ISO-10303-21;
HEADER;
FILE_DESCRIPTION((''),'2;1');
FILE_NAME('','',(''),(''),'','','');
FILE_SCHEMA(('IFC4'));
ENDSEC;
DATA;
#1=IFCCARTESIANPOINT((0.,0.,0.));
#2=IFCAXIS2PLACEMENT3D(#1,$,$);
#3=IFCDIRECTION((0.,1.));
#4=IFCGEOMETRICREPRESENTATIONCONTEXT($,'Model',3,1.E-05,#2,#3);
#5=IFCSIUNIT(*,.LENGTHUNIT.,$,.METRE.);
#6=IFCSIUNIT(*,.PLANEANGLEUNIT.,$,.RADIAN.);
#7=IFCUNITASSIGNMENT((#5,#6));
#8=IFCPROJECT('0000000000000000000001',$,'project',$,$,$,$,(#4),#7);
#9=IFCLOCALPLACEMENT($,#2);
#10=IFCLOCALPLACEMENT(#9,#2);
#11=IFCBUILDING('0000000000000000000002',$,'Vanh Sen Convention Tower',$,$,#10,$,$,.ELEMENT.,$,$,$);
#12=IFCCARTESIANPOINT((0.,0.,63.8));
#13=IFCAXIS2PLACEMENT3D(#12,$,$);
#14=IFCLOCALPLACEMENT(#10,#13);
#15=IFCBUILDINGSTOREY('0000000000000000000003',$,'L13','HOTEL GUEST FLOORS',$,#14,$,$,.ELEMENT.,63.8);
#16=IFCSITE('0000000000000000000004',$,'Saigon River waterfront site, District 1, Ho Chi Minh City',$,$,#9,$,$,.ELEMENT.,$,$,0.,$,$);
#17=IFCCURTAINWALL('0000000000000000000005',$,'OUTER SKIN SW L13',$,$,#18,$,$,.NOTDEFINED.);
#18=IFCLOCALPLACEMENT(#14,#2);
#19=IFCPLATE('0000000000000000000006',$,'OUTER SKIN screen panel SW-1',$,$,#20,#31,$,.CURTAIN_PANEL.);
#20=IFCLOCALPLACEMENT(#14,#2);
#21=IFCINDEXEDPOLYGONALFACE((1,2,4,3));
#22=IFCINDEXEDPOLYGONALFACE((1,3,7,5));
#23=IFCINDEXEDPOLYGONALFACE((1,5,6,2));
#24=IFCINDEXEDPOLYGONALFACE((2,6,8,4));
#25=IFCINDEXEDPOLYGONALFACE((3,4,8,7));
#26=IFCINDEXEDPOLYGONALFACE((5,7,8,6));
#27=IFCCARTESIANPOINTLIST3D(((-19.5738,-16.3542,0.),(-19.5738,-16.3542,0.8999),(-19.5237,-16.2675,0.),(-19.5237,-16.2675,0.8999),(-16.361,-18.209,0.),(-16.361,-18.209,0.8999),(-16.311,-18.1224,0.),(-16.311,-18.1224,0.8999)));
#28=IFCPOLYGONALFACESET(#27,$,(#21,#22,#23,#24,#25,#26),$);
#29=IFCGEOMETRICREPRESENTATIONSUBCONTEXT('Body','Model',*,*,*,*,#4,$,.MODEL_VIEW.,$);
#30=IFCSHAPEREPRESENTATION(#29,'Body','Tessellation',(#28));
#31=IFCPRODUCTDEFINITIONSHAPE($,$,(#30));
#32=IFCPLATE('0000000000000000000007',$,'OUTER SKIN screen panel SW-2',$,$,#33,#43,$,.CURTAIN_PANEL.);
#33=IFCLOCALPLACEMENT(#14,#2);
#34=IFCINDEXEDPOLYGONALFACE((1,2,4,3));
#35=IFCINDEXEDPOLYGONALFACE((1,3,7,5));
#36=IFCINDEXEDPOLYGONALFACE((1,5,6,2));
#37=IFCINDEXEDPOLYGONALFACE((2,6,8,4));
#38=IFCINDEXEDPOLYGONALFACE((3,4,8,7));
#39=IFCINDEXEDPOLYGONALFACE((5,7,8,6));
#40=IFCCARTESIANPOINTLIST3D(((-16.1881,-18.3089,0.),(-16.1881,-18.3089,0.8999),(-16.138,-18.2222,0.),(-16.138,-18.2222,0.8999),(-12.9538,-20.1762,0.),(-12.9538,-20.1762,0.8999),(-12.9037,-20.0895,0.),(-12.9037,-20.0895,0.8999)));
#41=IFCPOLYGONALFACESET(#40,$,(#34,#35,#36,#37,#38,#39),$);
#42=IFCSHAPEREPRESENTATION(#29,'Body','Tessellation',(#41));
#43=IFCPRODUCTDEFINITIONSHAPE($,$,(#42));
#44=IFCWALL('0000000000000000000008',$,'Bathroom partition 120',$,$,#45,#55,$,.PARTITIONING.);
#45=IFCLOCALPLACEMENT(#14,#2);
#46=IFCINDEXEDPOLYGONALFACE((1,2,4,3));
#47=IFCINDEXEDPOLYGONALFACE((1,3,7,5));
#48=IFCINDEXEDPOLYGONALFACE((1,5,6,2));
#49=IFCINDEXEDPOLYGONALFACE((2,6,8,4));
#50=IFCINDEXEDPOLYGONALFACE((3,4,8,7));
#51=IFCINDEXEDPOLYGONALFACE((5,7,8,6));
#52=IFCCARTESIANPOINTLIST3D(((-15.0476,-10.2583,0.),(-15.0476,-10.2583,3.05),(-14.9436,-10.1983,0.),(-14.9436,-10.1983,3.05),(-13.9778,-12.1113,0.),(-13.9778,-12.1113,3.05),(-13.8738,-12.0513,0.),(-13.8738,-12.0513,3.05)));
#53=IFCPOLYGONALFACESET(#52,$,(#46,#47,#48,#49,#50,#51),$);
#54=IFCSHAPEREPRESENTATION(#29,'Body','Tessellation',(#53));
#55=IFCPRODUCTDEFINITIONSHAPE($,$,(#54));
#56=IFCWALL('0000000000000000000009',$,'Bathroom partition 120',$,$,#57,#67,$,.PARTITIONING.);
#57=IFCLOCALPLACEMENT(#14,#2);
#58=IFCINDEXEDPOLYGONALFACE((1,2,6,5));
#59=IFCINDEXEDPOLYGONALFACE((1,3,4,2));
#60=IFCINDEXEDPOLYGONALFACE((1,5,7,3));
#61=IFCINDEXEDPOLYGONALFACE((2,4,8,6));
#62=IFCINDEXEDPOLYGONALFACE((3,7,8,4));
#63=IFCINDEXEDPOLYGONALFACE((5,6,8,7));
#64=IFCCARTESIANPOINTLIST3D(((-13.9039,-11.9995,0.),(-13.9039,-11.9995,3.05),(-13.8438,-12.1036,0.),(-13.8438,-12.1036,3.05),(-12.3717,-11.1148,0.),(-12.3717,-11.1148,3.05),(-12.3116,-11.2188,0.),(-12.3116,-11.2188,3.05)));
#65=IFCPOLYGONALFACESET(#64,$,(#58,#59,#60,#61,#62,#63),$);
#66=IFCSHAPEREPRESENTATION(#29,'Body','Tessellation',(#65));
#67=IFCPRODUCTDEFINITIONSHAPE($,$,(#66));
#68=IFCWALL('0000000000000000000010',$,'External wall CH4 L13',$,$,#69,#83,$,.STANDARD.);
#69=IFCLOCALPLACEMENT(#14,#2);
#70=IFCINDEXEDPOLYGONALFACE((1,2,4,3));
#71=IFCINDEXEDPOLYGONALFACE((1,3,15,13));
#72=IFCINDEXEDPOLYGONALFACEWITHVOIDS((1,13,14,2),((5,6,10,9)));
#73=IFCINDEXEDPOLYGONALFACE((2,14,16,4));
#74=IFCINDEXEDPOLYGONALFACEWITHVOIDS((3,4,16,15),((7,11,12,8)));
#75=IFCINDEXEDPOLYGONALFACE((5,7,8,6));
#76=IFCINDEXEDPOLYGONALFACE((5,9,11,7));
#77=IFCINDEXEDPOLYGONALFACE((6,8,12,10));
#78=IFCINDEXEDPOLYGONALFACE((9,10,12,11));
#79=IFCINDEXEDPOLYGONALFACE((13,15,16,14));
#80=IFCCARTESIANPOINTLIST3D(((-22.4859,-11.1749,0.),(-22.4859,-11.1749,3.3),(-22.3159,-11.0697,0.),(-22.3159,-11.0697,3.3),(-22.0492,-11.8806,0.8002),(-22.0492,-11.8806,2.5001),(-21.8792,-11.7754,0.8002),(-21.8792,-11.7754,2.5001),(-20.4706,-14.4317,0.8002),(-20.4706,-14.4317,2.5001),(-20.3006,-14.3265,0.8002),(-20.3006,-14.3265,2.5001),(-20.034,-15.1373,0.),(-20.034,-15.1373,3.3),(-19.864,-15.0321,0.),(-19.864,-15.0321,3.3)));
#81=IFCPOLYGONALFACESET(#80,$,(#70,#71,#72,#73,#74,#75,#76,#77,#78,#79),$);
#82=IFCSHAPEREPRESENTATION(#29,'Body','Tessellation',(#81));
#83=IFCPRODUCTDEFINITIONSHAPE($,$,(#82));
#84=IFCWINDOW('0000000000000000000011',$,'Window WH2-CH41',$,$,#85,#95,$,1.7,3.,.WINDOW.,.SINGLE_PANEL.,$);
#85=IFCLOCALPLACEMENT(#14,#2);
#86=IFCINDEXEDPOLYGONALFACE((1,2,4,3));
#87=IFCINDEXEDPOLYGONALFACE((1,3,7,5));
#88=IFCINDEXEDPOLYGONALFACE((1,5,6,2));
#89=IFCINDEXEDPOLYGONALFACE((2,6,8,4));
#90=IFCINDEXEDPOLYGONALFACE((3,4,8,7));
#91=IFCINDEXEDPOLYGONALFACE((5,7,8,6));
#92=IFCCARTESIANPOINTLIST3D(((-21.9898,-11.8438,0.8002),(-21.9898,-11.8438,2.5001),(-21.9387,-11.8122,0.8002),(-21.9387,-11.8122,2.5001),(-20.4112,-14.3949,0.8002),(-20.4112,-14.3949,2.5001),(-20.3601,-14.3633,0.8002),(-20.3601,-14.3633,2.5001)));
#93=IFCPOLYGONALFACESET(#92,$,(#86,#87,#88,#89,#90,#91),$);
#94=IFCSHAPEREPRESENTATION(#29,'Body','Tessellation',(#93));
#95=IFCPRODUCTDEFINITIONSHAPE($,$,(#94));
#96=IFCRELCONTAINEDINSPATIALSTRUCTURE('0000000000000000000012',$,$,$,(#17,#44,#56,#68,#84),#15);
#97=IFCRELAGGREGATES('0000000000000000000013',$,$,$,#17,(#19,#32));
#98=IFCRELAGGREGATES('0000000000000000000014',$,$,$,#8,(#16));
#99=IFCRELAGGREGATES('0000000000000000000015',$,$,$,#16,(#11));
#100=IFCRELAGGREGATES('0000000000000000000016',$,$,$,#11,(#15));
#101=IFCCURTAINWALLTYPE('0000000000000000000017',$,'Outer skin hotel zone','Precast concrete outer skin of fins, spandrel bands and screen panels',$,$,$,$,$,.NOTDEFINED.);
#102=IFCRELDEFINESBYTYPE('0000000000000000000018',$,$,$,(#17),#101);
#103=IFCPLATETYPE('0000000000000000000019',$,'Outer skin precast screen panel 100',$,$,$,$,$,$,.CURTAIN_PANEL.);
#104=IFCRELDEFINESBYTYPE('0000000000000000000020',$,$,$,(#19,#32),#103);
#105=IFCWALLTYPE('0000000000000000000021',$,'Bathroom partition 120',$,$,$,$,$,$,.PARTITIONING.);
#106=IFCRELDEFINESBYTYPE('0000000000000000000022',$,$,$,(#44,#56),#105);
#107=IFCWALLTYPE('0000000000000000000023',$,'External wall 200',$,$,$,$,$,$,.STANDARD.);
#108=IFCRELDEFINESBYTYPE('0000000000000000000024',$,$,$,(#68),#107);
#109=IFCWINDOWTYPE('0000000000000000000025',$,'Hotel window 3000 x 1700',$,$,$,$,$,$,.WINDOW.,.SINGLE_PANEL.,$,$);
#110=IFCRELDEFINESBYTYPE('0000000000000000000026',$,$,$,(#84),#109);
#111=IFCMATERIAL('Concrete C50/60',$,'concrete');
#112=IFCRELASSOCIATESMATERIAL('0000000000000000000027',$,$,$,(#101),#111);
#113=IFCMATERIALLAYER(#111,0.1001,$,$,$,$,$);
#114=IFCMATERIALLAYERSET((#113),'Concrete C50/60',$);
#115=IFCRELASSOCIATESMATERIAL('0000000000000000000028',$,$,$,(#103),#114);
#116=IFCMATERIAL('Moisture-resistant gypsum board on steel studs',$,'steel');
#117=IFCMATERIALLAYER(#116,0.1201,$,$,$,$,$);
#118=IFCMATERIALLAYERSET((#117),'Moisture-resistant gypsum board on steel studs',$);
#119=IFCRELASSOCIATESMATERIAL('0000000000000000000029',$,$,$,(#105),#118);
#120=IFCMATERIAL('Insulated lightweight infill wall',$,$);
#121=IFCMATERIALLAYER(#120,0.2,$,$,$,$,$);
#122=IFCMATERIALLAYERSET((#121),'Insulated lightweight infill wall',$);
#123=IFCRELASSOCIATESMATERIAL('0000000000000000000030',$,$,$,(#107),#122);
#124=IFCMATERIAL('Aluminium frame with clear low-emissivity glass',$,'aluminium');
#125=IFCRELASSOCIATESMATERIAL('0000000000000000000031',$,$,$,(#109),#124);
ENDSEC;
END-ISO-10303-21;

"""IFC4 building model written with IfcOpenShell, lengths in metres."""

from ifc_helpers import new_model, si_unit, direction, frame, frame_2d, origin, origin_2d, place, context, subcontext, project, spatial, rectangle, extrude, material, layer, layer_set, type_object, element, fill, aggregate, save


model = new_model("IFC4")

# Units and contexts
model_context = context("Model", 3, precision=1e-05, world=origin(), true_north=direction((0.0, 1.0)))
body_context = subcontext(model_context, "Body", "Model", "MODEL_VIEW")
ifc_project = project(units=[si_unit("LENGTHUNIT", "METRE"), si_unit("PLANEANGLEUNIT", "RADIAN")], contexts=[model_context])

# Site, building, storey
site_placement = place(None, origin())
site = spatial("IfcSite", under=ifc_project, at=site_placement, Name="Saigon River waterfront site, District 1, Ho Chi Minh City", CompositionType="ELEMENT", RefElevation=0.0)
building_placement = place(site_placement, origin())
building = spatial("IfcBuilding", under=site, at=building_placement, Name="Vanh Sen Convention Tower", CompositionType="ELEMENT")
storey_placement = place(building_placement, frame((0.0, 0.0, 63.8)))
storey = spatial("IfcBuildingStorey", under=building, at=storey_placement, Name="L13", Description="HOTEL GUEST FLOORS", CompositionType="ELEMENT", Elevation=63.8)

# Curtain wall
ifc_material_1 = material(Name="Concrete C50/60", Category="concrete")
curtain_wall_type = type_object("IfcCurtainWallType", Name="Outer skin hotel zone", Description="Precast concrete outer skin of fins, spandrel bands and screen panels", PredefinedType="NOTDEFINED", material=ifc_material_1)
curtain_wall_1_placement = place(storey_placement, origin())
curtain_wall_1 = element("IfcCurtainWall", 1, at=curtain_wall_1_placement, inside=storey, type_object=curtain_wall_type, Name="OUTER SKIN SW L13", PredefinedType="NOTDEFINED")

# Shared definitions
ifc_layer_1 = layer(ifc_material_1, 0.1001)
ifc_layer_set_1 = layer_set([ifc_layer_1], Name="Concrete C50/60")
plate_type = type_object("IfcPlateType", Name="Outer skin precast screen panel 100", PredefinedType="CURTAIN_PANEL", material=ifc_layer_set_1)

# Plates
plate_1_placement = place(storey_placement, frame((-17.9424, -17.2383, 0.0), z_axis=(0.0, 0.0, 1.0), x_axis=(0.866028, -0.499995, 0.0)))
plate_1 = element("IfcPlate", 2, at=plate_1_placement, type_object=plate_type, Name="OUTER SKIN screen panel SW-1", PredefinedType="CURTAIN_PANEL", context=body_context, shape_type="SweptSolid", body=[
    extrude(rectangle(XDim=3.7097, YDim=0.1001, at=origin_2d()), origin(), (0.0, 0.0, 1.0), 0.8999),
])
plate_2_placement = place(storey_placement, frame((-14.5459, -19.1992, 0.0), z_axis=(0.0, 0.0, 1.0), x_axis=(0.866032, -0.499988, 0.0)))
plate_2 = element("IfcPlate", 3, at=plate_2_placement, type_object=plate_type, Name="OUTER SKIN screen panel SW-2", PredefinedType="CURTAIN_PANEL", context=body_context, shape_type="SweptSolid", body=[
    extrude(rectangle(XDim=3.7346, YDim=0.1001, at=origin_2d()), origin(), (0.0, 0.0, 1.0), 0.8999),
])
aggregate(curtain_wall_1, [plate_1, plate_2])

# Walls
ifc_material_2 = material(Name="Moisture-resistant gypsum board on steel studs", Category="steel")
ifc_layer_2 = layer(ifc_material_2, 0.1201)
ifc_layer_set_2 = layer_set([ifc_layer_2], Name="Moisture-resistant gypsum board on steel studs")
wall_type_1 = type_object("IfcWallType", Name="Bathroom partition 120", PredefinedType="PARTITIONING", material=ifc_layer_set_2)
wall_1_placement = place(storey_placement, frame((-13.9258, -12.0813, 0.0), z_axis=(0.0, 0.0, 1.0), x_axis=(-0.499992, 0.86603, 0.0)))
element("IfcWall", 4, at=wall_1_placement, inside=storey, type_object=wall_type_1, Name="Bathroom partition 120", PredefinedType="PARTITIONING", context=body_context, shape_type="SweptSolid", body=[
    extrude(rectangle(XDim=2.1396, YDim=0.1201, at=frame_2d((1.0698, 0.0))), origin(), (0.0, 0.0, 1.0), 3.05),
])
wall_2_placement = place(storey_placement, frame((-12.3416, -11.1667, 0.0), z_axis=(0.0, 0.0, 1.0), x_axis=(-0.865993, -0.500057, 0.0)))
element("IfcWall", 5, at=wall_2_placement, inside=storey, type_object=wall_type_1, Name="Bathroom partition 120", PredefinedType="PARTITIONING", context=body_context, shape_type="SweptSolid", body=[
    extrude(rectangle(XDim=1.7693, YDim=0.1201, at=frame_2d((0.8848, 0.0))), origin(), (0.0, 0.0, 1.0), 3.05),
])

# Wall, opening, window
ifc_material_3 = material(Name="Insulated lightweight infill wall")
ifc_layer_3 = layer(ifc_material_3, 0.2)
ifc_layer_set_3 = layer_set([ifc_layer_3], Name="Insulated lightweight infill wall")
wall_type_2 = type_object("IfcWallType", Name="External wall 200", PredefinedType="STANDARD", material=ifc_layer_set_3)
wall_3_placement = place(storey_placement, frame((-22.4009, -11.1223, 0.0), z_axis=(0.0, 0.0, 1.0), x_axis=(0.526198, -0.850362, 0.0)))
wall_3 = element("IfcWall", 6, at=wall_3_placement, inside=storey, type_object=wall_type_2, Name="External wall CH4 L13", PredefinedType="STANDARD", context=body_context, shape_type="SweptSolid", body=[
    extrude(rectangle(XDim=4.6597, YDim=0.2, at=frame_2d((2.3298, 0.0))), origin(), (0.0, 0.0, 1.0), 3.3),
])
opening_1_placement = place(wall_3_placement, frame((0.8298, 0.0, 0.8)))
opening_1 = element("IfcOpeningElement", 7, at=opening_1_placement, cuts=wall_3, PredefinedType="OPENING", context=body_context, shape_type="SweptSolid", body=[
    extrude(rectangle(XDim=3.0, YDim=1.7, at=frame_2d((1.5, 0.8501))), frame((0.0, 0.1099, 0.0), z_axis=(0.0, -1.0, 0.0), x_axis=(1.0, 0.0, 0.0)), (0.0, 0.0, 1.0), 0.22),
])
ifc_material_4 = material(Name="Aluminium frame with clear low-emissivity glass", Category="aluminium")
window_type_1 = type_object("IfcWindowType", Name="Hotel window 3000 x 1700", PartitioningType="SINGLE_PANEL", PredefinedType="WINDOW", material=ifc_material_4)
window_1_placement = place(opening_1_placement, origin())
window_1 = element("IfcWindow", 8, at=window_1_placement, inside=storey, type_object=window_type_1, Name="Window WH2-CH41", OverallHeight=1.7, OverallWidth=3.0, PartitioningType="SINGLE_PANEL", PredefinedType="WINDOW", context=body_context, shape_type="SweptSolid", body=[
    extrude(rectangle(XDim=3.0, YDim=1.7, at=frame_2d((1.5, 0.8501))), frame((0.0, 0.03, 0.0), z_axis=(0.0, -1.0, 0.0), x_axis=(1.0, 0.0, 0.0)), (0.0, 0.0, 1.0), 0.0601),
])
fill(opening_1, window_1)

save(model, "model.ifc")
